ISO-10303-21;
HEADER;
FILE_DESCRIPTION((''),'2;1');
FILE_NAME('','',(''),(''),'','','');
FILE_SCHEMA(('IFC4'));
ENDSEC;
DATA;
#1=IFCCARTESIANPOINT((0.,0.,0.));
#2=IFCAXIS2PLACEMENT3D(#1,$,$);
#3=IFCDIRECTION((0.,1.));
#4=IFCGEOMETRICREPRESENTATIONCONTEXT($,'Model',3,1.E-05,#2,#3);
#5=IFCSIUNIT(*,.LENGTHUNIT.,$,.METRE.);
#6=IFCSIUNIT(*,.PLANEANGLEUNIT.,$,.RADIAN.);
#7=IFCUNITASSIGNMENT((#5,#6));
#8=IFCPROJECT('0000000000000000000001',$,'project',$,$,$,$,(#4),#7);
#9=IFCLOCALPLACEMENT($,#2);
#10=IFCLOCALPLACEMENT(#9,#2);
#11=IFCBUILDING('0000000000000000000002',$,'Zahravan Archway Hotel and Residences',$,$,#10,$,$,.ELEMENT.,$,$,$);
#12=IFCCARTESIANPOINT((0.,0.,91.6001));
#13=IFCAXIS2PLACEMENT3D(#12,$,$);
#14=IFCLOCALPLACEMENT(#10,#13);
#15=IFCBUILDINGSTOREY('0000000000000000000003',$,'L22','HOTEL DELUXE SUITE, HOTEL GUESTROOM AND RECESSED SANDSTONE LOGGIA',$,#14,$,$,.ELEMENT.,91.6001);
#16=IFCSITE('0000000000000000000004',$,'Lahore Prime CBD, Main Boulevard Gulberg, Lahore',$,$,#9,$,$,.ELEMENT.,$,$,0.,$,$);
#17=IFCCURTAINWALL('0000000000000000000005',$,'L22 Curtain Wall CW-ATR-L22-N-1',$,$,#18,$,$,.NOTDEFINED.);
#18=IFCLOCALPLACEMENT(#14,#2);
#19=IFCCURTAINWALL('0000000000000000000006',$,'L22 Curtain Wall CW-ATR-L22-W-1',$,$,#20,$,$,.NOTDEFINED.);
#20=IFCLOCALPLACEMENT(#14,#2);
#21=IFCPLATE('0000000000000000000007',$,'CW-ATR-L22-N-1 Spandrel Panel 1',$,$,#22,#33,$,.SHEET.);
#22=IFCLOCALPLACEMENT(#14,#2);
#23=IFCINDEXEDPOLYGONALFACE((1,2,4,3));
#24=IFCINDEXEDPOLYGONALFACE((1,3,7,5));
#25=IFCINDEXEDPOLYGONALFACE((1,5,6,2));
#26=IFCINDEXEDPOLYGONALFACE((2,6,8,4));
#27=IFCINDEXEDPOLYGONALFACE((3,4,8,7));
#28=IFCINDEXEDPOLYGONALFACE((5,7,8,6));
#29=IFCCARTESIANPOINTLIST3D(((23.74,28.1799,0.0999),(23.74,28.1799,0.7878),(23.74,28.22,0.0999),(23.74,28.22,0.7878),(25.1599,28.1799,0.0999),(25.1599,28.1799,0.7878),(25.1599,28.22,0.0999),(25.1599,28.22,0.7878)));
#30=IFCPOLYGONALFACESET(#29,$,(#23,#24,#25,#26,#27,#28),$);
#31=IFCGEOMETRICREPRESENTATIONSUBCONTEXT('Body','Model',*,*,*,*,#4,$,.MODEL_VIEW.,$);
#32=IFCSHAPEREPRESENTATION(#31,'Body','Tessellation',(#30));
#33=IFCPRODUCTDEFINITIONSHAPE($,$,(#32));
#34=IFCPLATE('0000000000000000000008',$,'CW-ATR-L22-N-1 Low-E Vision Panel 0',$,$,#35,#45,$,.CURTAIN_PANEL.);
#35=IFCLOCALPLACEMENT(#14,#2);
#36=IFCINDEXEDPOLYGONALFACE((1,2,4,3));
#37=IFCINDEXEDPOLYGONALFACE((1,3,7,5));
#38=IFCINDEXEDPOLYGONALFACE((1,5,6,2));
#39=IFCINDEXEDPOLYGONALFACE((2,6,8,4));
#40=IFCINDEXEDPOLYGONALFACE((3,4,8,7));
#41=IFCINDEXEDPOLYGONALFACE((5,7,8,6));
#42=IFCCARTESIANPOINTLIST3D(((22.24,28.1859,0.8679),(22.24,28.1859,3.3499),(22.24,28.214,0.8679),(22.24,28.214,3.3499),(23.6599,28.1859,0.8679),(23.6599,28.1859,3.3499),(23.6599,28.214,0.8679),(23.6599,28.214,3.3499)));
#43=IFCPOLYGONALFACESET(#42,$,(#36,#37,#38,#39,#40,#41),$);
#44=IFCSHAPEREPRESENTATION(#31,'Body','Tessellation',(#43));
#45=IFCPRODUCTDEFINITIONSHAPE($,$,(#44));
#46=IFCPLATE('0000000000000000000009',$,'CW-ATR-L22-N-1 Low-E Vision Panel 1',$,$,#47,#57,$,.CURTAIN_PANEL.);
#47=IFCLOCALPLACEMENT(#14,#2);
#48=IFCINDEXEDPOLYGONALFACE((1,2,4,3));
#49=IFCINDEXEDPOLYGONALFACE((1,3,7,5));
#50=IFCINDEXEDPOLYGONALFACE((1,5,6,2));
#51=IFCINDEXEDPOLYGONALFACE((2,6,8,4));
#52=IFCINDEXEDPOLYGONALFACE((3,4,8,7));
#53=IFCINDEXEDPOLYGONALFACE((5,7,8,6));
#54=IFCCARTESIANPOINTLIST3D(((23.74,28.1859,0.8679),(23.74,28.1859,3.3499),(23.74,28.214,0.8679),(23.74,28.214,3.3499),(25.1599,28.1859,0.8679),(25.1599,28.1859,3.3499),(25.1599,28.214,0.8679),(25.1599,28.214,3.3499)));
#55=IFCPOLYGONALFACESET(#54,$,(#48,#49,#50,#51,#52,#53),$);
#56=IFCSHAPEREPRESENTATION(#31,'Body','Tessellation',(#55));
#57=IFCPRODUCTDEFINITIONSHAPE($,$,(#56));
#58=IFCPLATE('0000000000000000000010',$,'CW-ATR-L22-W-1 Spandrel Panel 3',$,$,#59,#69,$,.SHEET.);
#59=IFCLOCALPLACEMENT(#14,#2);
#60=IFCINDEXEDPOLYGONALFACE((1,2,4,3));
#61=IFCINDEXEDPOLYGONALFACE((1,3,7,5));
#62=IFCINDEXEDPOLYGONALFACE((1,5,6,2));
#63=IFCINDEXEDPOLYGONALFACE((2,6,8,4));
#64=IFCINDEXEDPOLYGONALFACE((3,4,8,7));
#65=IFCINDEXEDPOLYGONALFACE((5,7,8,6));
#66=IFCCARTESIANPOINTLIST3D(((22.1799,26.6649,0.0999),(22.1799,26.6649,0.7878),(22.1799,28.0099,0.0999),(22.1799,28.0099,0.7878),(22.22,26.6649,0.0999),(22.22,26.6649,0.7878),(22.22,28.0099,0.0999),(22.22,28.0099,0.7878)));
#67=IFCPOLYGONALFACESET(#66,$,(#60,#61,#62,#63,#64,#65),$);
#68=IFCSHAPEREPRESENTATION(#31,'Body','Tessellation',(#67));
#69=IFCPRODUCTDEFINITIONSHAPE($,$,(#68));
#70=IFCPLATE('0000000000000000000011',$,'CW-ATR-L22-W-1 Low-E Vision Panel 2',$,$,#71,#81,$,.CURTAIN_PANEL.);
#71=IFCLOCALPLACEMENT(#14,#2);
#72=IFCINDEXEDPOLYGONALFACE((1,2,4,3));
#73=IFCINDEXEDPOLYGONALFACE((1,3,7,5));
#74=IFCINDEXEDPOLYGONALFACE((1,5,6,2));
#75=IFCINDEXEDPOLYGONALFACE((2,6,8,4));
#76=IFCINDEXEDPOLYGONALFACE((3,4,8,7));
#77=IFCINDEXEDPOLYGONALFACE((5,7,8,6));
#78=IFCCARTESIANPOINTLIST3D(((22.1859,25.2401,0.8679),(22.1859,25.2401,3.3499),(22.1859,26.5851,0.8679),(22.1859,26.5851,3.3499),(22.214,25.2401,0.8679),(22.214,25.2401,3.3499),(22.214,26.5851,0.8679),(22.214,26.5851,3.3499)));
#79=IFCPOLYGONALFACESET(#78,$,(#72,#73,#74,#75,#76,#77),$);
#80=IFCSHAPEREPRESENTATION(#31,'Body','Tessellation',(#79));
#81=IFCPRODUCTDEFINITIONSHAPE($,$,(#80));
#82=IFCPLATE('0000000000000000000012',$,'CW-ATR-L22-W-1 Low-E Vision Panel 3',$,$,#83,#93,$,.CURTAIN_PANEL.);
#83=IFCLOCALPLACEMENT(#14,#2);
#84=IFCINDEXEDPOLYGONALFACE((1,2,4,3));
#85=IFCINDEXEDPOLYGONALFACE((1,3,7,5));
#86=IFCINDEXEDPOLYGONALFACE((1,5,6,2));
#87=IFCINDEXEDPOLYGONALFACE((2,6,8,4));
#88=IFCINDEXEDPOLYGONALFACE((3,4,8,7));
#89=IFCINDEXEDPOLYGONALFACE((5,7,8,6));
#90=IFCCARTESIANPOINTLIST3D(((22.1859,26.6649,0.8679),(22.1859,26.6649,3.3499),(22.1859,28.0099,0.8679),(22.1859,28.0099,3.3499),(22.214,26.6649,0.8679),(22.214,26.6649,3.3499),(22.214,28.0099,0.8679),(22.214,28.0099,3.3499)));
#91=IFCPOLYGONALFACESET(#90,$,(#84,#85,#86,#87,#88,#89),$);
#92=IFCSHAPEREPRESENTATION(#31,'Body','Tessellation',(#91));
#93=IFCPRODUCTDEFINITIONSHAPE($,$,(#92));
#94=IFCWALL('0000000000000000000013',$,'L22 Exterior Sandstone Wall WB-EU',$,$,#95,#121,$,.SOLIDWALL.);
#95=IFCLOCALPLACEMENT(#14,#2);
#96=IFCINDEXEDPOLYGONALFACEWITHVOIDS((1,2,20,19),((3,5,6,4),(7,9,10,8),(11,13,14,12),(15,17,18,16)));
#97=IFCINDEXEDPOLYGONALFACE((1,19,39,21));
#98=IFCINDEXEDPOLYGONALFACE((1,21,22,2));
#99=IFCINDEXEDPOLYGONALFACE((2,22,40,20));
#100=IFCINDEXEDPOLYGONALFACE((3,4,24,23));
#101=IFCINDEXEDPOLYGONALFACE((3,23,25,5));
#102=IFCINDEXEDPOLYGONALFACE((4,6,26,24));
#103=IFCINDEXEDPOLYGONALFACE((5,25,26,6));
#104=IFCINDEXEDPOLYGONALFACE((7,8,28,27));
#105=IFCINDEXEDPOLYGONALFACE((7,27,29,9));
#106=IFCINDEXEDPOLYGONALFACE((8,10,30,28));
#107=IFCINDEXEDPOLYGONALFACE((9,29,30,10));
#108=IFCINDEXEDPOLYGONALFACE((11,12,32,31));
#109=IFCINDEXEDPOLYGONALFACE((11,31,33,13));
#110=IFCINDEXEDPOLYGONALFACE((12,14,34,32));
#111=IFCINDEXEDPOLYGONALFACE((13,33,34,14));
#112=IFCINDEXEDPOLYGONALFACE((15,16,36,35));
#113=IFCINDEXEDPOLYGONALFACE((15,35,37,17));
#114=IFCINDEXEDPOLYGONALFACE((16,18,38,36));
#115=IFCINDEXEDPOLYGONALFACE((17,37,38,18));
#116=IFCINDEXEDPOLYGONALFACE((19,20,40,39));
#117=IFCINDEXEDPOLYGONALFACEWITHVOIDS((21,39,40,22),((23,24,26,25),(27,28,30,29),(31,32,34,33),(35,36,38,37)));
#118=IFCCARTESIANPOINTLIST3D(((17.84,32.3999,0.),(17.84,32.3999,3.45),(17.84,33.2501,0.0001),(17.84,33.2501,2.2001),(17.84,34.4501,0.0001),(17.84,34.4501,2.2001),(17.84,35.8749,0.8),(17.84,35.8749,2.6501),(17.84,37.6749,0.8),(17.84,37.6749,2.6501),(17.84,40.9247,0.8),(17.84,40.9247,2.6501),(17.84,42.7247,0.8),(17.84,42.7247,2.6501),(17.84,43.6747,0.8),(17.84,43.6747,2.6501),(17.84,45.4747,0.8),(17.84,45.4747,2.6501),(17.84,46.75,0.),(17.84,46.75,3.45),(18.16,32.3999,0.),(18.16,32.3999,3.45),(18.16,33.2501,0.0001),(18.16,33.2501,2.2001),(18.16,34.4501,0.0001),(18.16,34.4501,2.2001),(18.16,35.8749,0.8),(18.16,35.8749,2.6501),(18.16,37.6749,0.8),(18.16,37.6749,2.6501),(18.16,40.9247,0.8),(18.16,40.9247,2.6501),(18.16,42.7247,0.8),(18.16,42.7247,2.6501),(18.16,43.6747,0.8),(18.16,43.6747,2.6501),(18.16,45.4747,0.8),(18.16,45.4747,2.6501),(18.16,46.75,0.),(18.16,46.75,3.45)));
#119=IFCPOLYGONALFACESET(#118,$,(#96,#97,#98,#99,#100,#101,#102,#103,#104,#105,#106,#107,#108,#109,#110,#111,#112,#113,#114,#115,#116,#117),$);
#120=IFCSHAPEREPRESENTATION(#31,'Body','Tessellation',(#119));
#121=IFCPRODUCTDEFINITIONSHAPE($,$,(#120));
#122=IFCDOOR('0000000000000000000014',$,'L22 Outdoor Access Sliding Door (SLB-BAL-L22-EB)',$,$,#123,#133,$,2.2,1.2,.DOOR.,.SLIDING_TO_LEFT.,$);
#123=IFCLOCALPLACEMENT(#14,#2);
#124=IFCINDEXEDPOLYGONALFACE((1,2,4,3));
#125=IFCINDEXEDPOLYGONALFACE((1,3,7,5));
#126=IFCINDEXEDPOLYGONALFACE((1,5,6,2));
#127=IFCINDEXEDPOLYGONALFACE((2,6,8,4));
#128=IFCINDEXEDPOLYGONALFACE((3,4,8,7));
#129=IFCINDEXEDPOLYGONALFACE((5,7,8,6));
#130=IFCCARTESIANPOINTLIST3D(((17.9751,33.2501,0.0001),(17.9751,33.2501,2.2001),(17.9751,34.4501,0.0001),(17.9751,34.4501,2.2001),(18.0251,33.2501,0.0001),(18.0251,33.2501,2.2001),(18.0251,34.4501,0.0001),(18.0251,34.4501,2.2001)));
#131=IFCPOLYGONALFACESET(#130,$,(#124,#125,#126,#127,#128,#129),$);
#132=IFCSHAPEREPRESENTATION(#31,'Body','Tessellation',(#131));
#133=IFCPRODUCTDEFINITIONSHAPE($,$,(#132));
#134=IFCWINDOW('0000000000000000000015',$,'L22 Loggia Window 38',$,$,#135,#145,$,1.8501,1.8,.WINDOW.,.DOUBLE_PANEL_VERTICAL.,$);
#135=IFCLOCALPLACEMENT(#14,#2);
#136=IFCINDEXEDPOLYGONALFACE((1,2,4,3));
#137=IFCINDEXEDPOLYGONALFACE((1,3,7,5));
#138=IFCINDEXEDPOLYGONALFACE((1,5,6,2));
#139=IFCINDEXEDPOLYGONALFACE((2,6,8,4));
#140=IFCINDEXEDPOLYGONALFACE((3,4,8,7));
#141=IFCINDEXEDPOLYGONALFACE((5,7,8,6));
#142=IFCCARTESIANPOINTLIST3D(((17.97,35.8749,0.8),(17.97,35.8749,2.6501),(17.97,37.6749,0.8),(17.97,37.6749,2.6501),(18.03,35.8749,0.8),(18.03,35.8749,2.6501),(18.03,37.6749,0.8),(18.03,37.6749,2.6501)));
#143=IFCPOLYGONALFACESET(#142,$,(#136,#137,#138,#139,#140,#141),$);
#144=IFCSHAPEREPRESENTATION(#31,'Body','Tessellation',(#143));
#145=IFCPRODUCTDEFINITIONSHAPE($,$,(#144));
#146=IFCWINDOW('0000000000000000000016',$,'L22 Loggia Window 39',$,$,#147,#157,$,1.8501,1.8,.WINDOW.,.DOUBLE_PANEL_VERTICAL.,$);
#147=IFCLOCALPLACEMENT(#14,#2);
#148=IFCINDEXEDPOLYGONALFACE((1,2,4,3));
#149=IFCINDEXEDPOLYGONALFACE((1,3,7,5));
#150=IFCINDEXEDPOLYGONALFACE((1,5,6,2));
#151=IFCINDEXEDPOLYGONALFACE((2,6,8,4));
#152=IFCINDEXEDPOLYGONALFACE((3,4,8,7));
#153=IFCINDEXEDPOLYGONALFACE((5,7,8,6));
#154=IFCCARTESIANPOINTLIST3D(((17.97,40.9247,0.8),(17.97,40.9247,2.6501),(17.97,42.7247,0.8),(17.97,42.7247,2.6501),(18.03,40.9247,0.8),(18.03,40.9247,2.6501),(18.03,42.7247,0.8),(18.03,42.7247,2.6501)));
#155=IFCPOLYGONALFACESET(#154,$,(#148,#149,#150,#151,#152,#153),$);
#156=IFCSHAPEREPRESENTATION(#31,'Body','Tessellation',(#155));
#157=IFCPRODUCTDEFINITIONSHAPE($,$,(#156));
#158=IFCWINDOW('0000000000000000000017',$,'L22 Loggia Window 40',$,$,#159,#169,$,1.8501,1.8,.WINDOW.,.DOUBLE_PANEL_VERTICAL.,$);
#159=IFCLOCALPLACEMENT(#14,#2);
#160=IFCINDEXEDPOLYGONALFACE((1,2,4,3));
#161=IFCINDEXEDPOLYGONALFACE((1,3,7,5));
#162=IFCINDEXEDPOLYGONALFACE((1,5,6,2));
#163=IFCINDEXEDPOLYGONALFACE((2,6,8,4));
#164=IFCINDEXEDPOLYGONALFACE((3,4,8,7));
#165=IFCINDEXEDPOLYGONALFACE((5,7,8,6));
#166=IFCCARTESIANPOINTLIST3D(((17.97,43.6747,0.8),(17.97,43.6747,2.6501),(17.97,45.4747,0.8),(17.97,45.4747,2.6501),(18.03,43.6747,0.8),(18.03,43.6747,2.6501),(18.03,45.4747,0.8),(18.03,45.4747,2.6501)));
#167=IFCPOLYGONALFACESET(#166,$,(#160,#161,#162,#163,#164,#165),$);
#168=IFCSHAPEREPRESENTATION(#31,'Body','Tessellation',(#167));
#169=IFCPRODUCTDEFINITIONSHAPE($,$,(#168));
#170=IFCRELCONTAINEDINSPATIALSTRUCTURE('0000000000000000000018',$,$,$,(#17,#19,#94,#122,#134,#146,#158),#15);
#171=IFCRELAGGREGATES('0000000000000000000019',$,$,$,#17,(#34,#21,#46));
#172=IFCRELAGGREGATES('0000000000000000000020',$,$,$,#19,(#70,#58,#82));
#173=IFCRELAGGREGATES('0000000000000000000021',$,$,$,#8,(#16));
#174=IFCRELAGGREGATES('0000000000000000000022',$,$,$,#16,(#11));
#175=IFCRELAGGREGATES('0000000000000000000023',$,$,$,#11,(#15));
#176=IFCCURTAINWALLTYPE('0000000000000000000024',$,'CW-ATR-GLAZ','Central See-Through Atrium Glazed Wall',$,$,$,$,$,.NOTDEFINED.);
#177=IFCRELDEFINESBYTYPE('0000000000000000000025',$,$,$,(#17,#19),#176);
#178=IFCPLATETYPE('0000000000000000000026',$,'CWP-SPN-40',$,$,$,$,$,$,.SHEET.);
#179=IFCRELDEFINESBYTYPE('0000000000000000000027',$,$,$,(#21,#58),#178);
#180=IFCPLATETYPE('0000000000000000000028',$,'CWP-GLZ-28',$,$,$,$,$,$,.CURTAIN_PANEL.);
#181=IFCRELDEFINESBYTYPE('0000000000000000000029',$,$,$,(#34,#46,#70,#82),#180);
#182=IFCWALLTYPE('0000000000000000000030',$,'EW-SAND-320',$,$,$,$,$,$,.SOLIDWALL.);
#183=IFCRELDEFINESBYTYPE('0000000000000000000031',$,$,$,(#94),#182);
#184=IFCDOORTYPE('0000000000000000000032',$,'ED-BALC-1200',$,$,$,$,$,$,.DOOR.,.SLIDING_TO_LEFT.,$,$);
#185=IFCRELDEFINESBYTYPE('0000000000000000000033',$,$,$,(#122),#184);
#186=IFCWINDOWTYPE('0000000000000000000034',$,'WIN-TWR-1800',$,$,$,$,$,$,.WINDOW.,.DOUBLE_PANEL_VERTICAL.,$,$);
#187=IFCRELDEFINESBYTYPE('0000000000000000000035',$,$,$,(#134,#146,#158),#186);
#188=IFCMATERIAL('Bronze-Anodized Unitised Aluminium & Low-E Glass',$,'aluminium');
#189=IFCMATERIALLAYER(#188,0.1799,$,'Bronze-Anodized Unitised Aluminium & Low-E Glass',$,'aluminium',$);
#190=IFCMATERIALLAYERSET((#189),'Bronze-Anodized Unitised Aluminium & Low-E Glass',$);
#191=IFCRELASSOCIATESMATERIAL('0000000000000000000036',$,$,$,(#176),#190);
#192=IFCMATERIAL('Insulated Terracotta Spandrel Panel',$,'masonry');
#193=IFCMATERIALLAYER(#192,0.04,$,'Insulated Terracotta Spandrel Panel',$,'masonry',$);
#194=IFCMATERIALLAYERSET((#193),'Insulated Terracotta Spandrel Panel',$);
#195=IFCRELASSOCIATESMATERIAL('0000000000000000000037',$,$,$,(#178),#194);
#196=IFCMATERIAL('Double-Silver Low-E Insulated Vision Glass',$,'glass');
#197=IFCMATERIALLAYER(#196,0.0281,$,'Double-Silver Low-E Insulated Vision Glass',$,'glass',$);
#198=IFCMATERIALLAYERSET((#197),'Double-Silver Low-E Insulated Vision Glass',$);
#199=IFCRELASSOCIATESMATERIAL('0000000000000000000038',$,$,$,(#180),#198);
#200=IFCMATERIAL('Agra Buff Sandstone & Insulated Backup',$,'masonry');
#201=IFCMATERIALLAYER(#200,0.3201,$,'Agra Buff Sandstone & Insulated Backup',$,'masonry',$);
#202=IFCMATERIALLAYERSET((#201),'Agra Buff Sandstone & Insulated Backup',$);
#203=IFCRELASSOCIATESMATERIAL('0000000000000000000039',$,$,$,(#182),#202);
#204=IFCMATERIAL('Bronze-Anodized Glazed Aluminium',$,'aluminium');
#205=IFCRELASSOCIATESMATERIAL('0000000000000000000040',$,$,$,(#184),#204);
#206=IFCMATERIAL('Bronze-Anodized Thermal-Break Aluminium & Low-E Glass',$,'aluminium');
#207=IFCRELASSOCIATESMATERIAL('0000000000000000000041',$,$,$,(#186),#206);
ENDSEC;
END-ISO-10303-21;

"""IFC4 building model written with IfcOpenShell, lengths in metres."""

from ifc_helpers import new_model, si_unit, direction, frame, frame_2d, origin, origin_2d, place, context, subcontext, project, spatial, rectangle, extrude, source, transform, mapped, material, layer, layer_set, type_object, type_shapes, element, fill, aggregate, save


model = new_model("IFC4")

# Units and contexts
model_context = context("Model", 3, precision=1e-05, world=origin(), true_north=direction((0.0, 1.0)))
body_context = subcontext(model_context, "Body", "Model", "MODEL_VIEW")
ifc_project = project(units=[si_unit("LENGTHUNIT", "METRE"), si_unit("PLANEANGLEUNIT", "RADIAN")], contexts=[model_context])

# Site, building, storey
site_placement = place(None, origin())
site = spatial("IfcSite", under=ifc_project, at=site_placement, Name="Lahore Prime CBD, Main Boulevard Gulberg, Lahore", CompositionType="ELEMENT", RefElevation=0.0)
building_placement = place(site_placement, origin())
building = spatial("IfcBuilding", under=site, at=building_placement, Name="Zahravan Archway Hotel and Residences", CompositionType="ELEMENT")
storey_placement = place(building_placement, frame((0.0, 0.0, 91.6001)))
storey = spatial("IfcBuildingStorey", under=building, at=storey_placement, Name="L22", Description="HOTEL DELUXE SUITE, HOTEL GUESTROOM AND RECESSED SANDSTONE LOGGIA", CompositionType="ELEMENT", Elevation=91.6001)

# Curtain walls
ifc_material_1 = material(Name="Bronze-Anodized Unitised Aluminium & Low-E Glass", Category="aluminium")
ifc_layer_1 = layer(ifc_material_1, 0.1799, Name="Bronze-Anodized Unitised Aluminium & Low-E Glass", Category="aluminium")
ifc_layer_set_1 = layer_set([ifc_layer_1], Name="Bronze-Anodized Unitised Aluminium & Low-E Glass")
curtain_wall_type = type_object("IfcCurtainWallType", Name="CW-ATR-GLAZ", Description="Central See-Through Atrium Glazed Wall", PredefinedType="NOTDEFINED", material=ifc_layer_set_1)
curtain_wall_1_placement = place(storey_placement, origin())
curtain_wall_1 = element("IfcCurtainWall", 1, at=curtain_wall_1_placement, inside=storey, type_object=curtain_wall_type, Name="L22 Curtain Wall CW-ATR-L22-N-1", PredefinedType="NOTDEFINED")
curtain_wall_2_placement = place(storey_placement, origin())
curtain_wall_2 = element("IfcCurtainWall", 2, at=curtain_wall_2_placement, inside=storey, type_object=curtain_wall_type, Name="L22 Curtain Wall CW-ATR-L22-W-1", PredefinedType="NOTDEFINED")

# Plates
ifc_material_2 = material(Name="Insulated Terracotta Spandrel Panel", Category="masonry")
ifc_layer_2 = layer(ifc_material_2, 0.04, Name="Insulated Terracotta Spandrel Panel", Category="masonry")
ifc_layer_set_2 = layer_set([ifc_layer_2], Name="Insulated Terracotta Spandrel Panel")
plate_type_1 = type_object("IfcPlateType", Name="CWP-SPN-40", PredefinedType="SHEET", material=ifc_layer_set_2)
shared_shape_1 = source(origin(), body_context, "Body", "SweptSolid", [
    extrude(rectangle(XDim=1.4199, YDim=0.04, at=origin_2d()), origin(), (0.0, 0.0, 1.0), 0.688),
])
plate_1_placement = place(storey_placement, frame((24.45, 28.2, 0.0999), z_axis=(0.0, 0.0, 1.0), x_axis=(1.0, 0.0, 0.0)))
plate_1 = element("IfcPlate", 3, at=plate_1_placement, type_object=plate_type_1, Name="CW-ATR-L22-N-1 Spandrel Panel 1", PredefinedType="SHEET", context=body_context, shape_type="MappedRepresentation", body=[
    mapped(shared_shape_1, transform((0.0, 0.0, 0.0), scale=1.0)),
])
ifc_material_3 = material(Name="Double-Silver Low-E Insulated Vision Glass", Category="glass")
ifc_layer_3 = layer(ifc_material_3, 0.0281, Name="Double-Silver Low-E Insulated Vision Glass", Category="glass")
ifc_layer_set_3 = layer_set([ifc_layer_3], Name="Double-Silver Low-E Insulated Vision Glass")
plate_type_2 = type_object("IfcPlateType", Name="CWP-GLZ-28", PredefinedType="CURTAIN_PANEL", material=ifc_layer_set_3)
shared_shape_2 = source(origin(), body_context, "Body", "SweptSolid", [
    extrude(rectangle(XDim=1.4199, YDim=0.0281, at=origin_2d()), origin(), (0.0, 0.0, 1.0), 2.4819),
])
plate_2_placement = place(storey_placement, frame((22.95, 28.2, 0.8679), z_axis=(0.0, 0.0, 1.0), x_axis=(1.0, 0.0, 0.0)))
plate_2 = element("IfcPlate", 4, at=plate_2_placement, type_object=plate_type_2, Name="CW-ATR-L22-N-1 Low-E Vision Panel 0", PredefinedType="CURTAIN_PANEL", context=body_context, shape_type="MappedRepresentation", body=[
    mapped(shared_shape_2, transform((0.0, 0.0, 0.0), scale=1.0)),
])
plate_3_placement = place(storey_placement, frame((24.45, 28.2, 0.8679), z_axis=(0.0, 0.0, 1.0), x_axis=(1.0, 0.0, 0.0)))
plate_3 = element("IfcPlate", 5, at=plate_3_placement, type_object=plate_type_2, Name="CW-ATR-L22-N-1 Low-E Vision Panel 1", PredefinedType="CURTAIN_PANEL", context=body_context, shape_type="MappedRepresentation", body=[
    mapped(shared_shape_2, transform((0.0, 0.0, 0.0), scale=1.0)),
])
aggregate(curtain_wall_1, [plate_2, plate_1, plate_3])
shared_shape_3 = source(origin(), body_context, "Body", "SweptSolid", [
    extrude(rectangle(XDim=1.345, YDim=0.04, at=origin_2d()), origin(), (0.0, 0.0, 1.0), 0.688),
])
plate_4_placement = place(storey_placement, frame((22.2, 27.3374, 0.0999), z_axis=(0.0, 0.0, 1.0), x_axis=(0.0, 1.0, 0.0)))
plate_4 = element("IfcPlate", 6, at=plate_4_placement, type_object=plate_type_1, Name="CW-ATR-L22-W-1 Spandrel Panel 3", PredefinedType="SHEET", context=body_context, shape_type="MappedRepresentation", body=[
    mapped(shared_shape_3, transform((0.0, 0.0, 0.0), scale=1.0)),
])
shared_shape_4 = source(origin(), body_context, "Body", "SweptSolid", [
    extrude(rectangle(XDim=1.345, YDim=0.0281, at=origin_2d()), origin(), (0.0, 0.0, 1.0), 2.4819),
])
plate_5_placement = place(storey_placement, frame((22.2, 25.9126, 0.8679), z_axis=(0.0, 0.0, 1.0), x_axis=(0.0, 1.0, 0.0)))
plate_5 = element("IfcPlate", 7, at=plate_5_placement, type_object=plate_type_2, Name="CW-ATR-L22-W-1 Low-E Vision Panel 2", PredefinedType="CURTAIN_PANEL", context=body_context, shape_type="MappedRepresentation", body=[
    mapped(shared_shape_4, transform((0.0, 0.0, 0.0), scale=1.0)),
])
plate_6_placement = place(storey_placement, frame((22.2, 27.3374, 0.8679), z_axis=(0.0, 0.0, 1.0), x_axis=(0.0, 1.0, 0.0)))
plate_6 = element("IfcPlate", 8, at=plate_6_placement, type_object=plate_type_2, Name="CW-ATR-L22-W-1 Low-E Vision Panel 3", PredefinedType="CURTAIN_PANEL", context=body_context, shape_type="MappedRepresentation", body=[
    mapped(shared_shape_4, transform((0.0, 0.0, 0.0), scale=1.0)),
])
aggregate(curtain_wall_2, [plate_5, plate_4, plate_6])

# Wall, openings, door, windows
ifc_material_4 = material(Name="Agra Buff Sandstone & Insulated Backup", Category="masonry")
ifc_layer_4 = layer(ifc_material_4, 0.3201, Name="Agra Buff Sandstone & Insulated Backup", Category="masonry")
ifc_layer_set_4 = layer_set([ifc_layer_4], Name="Agra Buff Sandstone & Insulated Backup")
wall_type_1 = type_object("IfcWallType", Name="EW-SAND-320", PredefinedType="SOLIDWALL", material=ifc_layer_set_4)
wall_1_placement = place(storey_placement, frame((18.0, 32.3999, 0.0), z_axis=(0.0, 0.0, 1.0), x_axis=(0.0, 1.0, 0.0)))
wall_1 = element("IfcWall", 9, at=wall_1_placement, inside=storey, type_object=wall_type_1, Name="L22 Exterior Sandstone Wall WB-EU", PredefinedType="SOLIDWALL", context=body_context, shape_type="SweptSolid", body=[
    extrude(rectangle(XDim=14.3501, YDim=0.3201, at=frame_2d((7.175, 0.0))), origin(), (0.0, 0.0, 1.0), 3.45),
])
opening_1_placement = place(wall_1_placement, frame((0.8501, 0.0, 0.0)))
opening_1 = element("IfcOpeningElement", 10, at=opening_1_placement, cuts=wall_1, PredefinedType="OPENING", context=body_context, shape_type="SweptSolid", body=[
    extrude(rectangle(XDim=1.2, YDim=2.2, at=frame_2d((0.6001, 1.1001))), frame((0.0, 0.1699, 0.0), z_axis=(0.0, -1.0, 0.0), x_axis=(1.0, 0.0, 0.0)), (0.0, 0.0, 1.0), 0.3401),
])
opening_2_placement = place(wall_1_placement, frame((3.4751, 0.0, 0.8)))
opening_2 = element("IfcOpeningElement", 11, at=opening_2_placement, cuts=wall_1, PredefinedType="OPENING", context=body_context, shape_type="SweptSolid", body=[
    extrude(rectangle(XDim=1.8, YDim=1.8501, at=frame_2d((0.8999, 0.925))), frame((0.0, 0.1699, 0.0), z_axis=(0.0, -1.0, 0.0), x_axis=(1.0, 0.0, 0.0)), (0.0, 0.0, 1.0), 0.3401),
])
opening_3_placement = place(wall_1_placement, frame((8.5249, 0.0, 0.8)))
opening_3 = element("IfcOpeningElement", 12, at=opening_3_placement, cuts=wall_1, PredefinedType="OPENING", context=body_context, shape_type="SweptSolid", body=[
    extrude(rectangle(XDim=1.8, YDim=1.8501, at=frame_2d((0.8999, 0.925))), frame((0.0, 0.1699, 0.0), z_axis=(0.0, -1.0, 0.0), x_axis=(1.0, 0.0, 0.0)), (0.0, 0.0, 1.0), 0.3401),
])
opening_4_placement = place(wall_1_placement, frame((11.2749, 0.0, 0.8)))
opening_4 = element("IfcOpeningElement", 13, at=opening_4_placement, cuts=wall_1, PredefinedType="OPENING", context=body_context, shape_type="SweptSolid", body=[
    extrude(rectangle(XDim=1.8, YDim=1.8501, at=frame_2d((0.8999, 0.925))), frame((0.0, 0.1699, 0.0), z_axis=(0.0, -1.0, 0.0), x_axis=(1.0, 0.0, 0.0)), (0.0, 0.0, 1.0), 0.3401),
])
ifc_material_5 = material(Name="Bronze-Anodized Glazed Aluminium", Category="aluminium")
door_type = type_object("IfcDoorType", Name="ED-BALC-1200", OperationType="SLIDING_TO_LEFT", PredefinedType="DOOR", material=ifc_material_5)
shared_shape_5 = source(origin(), body_context, "Body", "SweptSolid", [
    extrude(rectangle(XDim=1.2, YDim=2.2, at=frame_2d((0.6001, 1.1001))), frame((0.0, 0.0249, 0.0), z_axis=(0.0, -1.0, 0.0), x_axis=(1.0, 0.0, 0.0)), (0.0, 0.0, 1.0), 0.05),
])
type_shapes(door_type, [shared_shape_5])
door_placement = place(opening_1_placement, origin())
door = element("IfcDoor", 14, at=door_placement, inside=storey, type_object=door_type, Name="L22 Outdoor Access Sliding Door (SLB-BAL-L22-EB)", OperationType="SLIDING_TO_LEFT", OverallHeight=2.2, OverallWidth=1.2, PredefinedType="DOOR", context=body_context, shape_type="MappedRepresentation", body=[
    mapped(shared_shape_5, transform((0.0, 0.0, 0.0), scale=1.0)),
])
fill(opening_1, door)
ifc_material_6 = material(Name="Bronze-Anodized Thermal-Break Aluminium & Low-E Glass", Category="aluminium")
window_type = type_object("IfcWindowType", Name="WIN-TWR-1800", PartitioningType="DOUBLE_PANEL_VERTICAL", PredefinedType="WINDOW", material=ifc_material_6)
shared_shape_6 = source(origin(), body_context, "Body", "SweptSolid", [
    extrude(rectangle(XDim=1.8, YDim=1.8501, at=frame_2d((0.8999, 0.925))), frame((0.0, 0.03, 0.0), z_axis=(0.0, -1.0, 0.0), x_axis=(1.0, 0.0, 0.0)), (0.0, 0.0, 1.0), 0.0601),
])
type_shapes(window_type, [shared_shape_6])
window_1_placement = place(opening_2_placement, origin())
window_1 = element("IfcWindow", 15, at=window_1_placement, inside=storey, type_object=window_type, Name="L22 Loggia Window 38", OverallHeight=1.8501, OverallWidth=1.8, PartitioningType="DOUBLE_PANEL_VERTICAL", PredefinedType="WINDOW", context=body_context, shape_type="MappedRepresentation", body=[
    mapped(shared_shape_6, transform((0.0, 0.0, 0.0), scale=1.0)),
])
fill(opening_2, window_1)
window_2_placement = place(opening_3_placement, origin())
window_2 = element("IfcWindow", 16, at=window_2_placement, inside=storey, type_object=window_type, Name="L22 Loggia Window 39", OverallHeight=1.8501, OverallWidth=1.8, PartitioningType="DOUBLE_PANEL_VERTICAL", PredefinedType="WINDOW", context=body_context, shape_type="MappedRepresentation", body=[
    mapped(shared_shape_6, transform((0.0, 0.0, 0.0), scale=1.0)),
])
fill(opening_3, window_2)
window_3_placement = place(opening_4_placement, origin())
window_3 = element("IfcWindow", 17, at=window_3_placement, inside=storey, type_object=window_type, Name="L22 Loggia Window 40", OverallHeight=1.8501, OverallWidth=1.8, PartitioningType="DOUBLE_PANEL_VERTICAL", PredefinedType="WINDOW", context=body_context, shape_type="MappedRepresentation", body=[
    mapped(shared_shape_6, transform((0.0, 0.0, 0.0), scale=1.0)),
])
fill(opening_4, window_3)

save(model, "model.ifc")
